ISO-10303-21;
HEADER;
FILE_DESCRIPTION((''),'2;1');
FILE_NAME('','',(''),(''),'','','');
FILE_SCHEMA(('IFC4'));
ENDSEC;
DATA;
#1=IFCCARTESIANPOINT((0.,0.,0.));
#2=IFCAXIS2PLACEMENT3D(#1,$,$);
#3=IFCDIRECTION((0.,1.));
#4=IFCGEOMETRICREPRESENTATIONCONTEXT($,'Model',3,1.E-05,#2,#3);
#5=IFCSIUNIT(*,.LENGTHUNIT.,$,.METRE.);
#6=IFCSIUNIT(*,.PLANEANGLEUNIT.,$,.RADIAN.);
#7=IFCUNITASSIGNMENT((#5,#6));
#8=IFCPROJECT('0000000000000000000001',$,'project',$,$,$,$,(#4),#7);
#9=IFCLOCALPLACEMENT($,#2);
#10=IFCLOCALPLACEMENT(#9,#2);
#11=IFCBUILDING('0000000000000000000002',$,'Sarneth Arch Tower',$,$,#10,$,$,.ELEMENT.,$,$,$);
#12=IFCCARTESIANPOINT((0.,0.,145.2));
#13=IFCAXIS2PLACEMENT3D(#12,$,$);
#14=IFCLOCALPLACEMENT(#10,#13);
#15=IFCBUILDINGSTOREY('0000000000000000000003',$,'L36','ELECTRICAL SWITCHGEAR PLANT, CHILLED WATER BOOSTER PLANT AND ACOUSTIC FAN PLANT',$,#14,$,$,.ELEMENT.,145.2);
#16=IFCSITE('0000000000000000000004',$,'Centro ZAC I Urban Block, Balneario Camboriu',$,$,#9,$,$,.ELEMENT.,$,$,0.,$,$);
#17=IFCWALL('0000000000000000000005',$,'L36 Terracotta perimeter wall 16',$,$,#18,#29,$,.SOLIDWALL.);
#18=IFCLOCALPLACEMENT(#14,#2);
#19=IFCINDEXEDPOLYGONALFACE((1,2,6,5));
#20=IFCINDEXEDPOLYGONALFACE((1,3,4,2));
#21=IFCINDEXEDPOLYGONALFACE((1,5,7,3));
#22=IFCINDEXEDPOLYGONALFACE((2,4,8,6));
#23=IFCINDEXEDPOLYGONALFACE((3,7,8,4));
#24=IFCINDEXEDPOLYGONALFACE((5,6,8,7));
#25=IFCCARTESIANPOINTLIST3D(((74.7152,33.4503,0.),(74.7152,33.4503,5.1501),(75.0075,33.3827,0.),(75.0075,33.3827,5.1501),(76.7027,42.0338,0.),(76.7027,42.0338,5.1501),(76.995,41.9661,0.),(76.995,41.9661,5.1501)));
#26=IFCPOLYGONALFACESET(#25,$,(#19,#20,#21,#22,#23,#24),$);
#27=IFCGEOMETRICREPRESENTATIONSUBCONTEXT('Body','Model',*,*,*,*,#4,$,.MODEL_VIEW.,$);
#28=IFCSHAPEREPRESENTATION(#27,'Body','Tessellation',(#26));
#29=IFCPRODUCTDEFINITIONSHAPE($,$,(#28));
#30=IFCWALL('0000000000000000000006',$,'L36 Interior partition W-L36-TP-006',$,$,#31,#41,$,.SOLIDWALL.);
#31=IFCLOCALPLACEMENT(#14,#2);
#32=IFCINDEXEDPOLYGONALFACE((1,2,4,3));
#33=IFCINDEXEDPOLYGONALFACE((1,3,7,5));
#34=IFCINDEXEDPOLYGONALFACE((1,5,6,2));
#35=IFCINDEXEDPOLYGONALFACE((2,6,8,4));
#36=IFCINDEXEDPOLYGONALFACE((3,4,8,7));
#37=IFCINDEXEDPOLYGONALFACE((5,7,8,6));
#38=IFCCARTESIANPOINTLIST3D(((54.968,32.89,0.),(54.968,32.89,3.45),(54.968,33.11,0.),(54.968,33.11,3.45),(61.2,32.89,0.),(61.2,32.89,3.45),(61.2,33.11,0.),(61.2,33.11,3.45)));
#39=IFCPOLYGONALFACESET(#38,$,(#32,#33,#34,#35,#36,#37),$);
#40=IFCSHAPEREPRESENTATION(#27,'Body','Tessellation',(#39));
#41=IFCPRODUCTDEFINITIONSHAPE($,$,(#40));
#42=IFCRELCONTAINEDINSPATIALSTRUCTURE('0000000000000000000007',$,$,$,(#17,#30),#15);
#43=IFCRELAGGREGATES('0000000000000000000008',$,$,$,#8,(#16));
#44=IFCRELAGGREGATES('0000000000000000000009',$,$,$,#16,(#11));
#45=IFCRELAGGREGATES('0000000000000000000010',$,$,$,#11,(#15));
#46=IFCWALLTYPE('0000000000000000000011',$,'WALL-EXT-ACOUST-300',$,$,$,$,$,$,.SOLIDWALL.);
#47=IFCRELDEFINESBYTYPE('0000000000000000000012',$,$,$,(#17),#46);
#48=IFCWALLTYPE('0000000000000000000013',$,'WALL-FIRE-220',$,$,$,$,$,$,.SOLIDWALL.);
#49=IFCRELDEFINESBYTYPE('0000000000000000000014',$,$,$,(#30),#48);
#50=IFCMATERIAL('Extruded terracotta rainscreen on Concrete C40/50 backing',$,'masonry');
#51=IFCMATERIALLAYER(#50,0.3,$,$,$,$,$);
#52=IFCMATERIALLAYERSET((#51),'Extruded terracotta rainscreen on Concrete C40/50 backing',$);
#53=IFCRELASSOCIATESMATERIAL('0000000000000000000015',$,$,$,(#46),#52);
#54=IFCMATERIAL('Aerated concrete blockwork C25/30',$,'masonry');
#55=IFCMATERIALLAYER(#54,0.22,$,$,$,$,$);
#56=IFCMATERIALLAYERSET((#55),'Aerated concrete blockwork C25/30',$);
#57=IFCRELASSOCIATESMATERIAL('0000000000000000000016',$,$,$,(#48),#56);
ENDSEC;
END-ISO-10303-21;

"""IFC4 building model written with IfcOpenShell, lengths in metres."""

from ifc_helpers import new_model, si_unit, direction, frame, frame_2d, origin, place, context, subcontext, project, spatial, rectangle, extrude, material, layer, layer_set, type_object, element, save


model = new_model("IFC4")

# Units and contexts
model_context = context("Model", 3, precision=1e-05, world=origin(), true_north=direction((0.0, 1.0)))
body_context = subcontext(model_context, "Body", "Model", "MODEL_VIEW")
ifc_project = project(units=[si_unit("LENGTHUNIT", "METRE"), si_unit("PLANEANGLEUNIT", "RADIAN")], contexts=[model_context])

# Site, building, storey
site_placement = place(None, origin())
site = spatial("IfcSite", under=ifc_project, at=site_placement, Name="Centro ZAC I Urban Block, Balneario Camboriu", CompositionType="ELEMENT", RefElevation=0.0)
building_placement = place(site_placement, origin())
building = spatial("IfcBuilding", under=site, at=building_placement, Name="Sarneth Arch Tower", CompositionType="ELEMENT")
storey_placement = place(building_placement, frame((0.0, 0.0, 145.2)))
storey = spatial("IfcBuildingStorey", under=building, at=storey_placement, Name="L36", Description="ELECTRICAL SWITCHGEAR PLANT, CHILLED WATER BOOSTER PLANT AND ACOUSTIC FAN PLANT", CompositionType="ELEMENT", Elevation=145.2)

# Walls
ifc_material_1 = material(Name="Extruded terracotta rainscreen on Concrete C40/50 backing", Category="masonry")
ifc_layer_1 = layer(ifc_material_1, 0.3)
ifc_layer_set_1 = layer_set([ifc_layer_1], Name="Extruded terracotta rainscreen on Concrete C40/50 backing")
wall_type_1 = type_object("IfcWallType", Name="WALL-EXT-ACOUST-300", PredefinedType="SOLIDWALL", material=ifc_layer_set_1)
wall_1_placement = place(storey_placement, frame((74.8613, 33.4165, 0.0), z_axis=(0.0, 0.0, 1.0), x_axis=(0.225586, 0.974223, 0.0)))
element("IfcWall", 1, at=wall_1_placement, inside=storey, type_object=wall_type_1, Name="L36 Terracotta perimeter wall 16", PredefinedType="SOLIDWALL", context=body_context, shape_type="SweptSolid", body=[
    extrude(rectangle(XDim=8.8105, YDim=0.3, at=frame_2d((4.4053, 0.0))), origin(), (0.0, 0.0, 1.0), 5.1501),
])
ifc_material_2 = material(Name="Aerated concrete blockwork C25/30", Category="masonry")
ifc_layer_2 = layer(ifc_material_2, 0.22)
ifc_layer_set_2 = layer_set([ifc_layer_2], Name="Aerated concrete blockwork C25/30")
wall_type_2 = type_object("IfcWallType", Name="WALL-FIRE-220", PredefinedType="SOLIDWALL", material=ifc_layer_set_2)
wall_2_placement = place(storey_placement, frame((61.2, 33.0, 0.0), z_axis=(0.0, 0.0, 1.0), x_axis=(-1.0, 0.0, 0.0)))
element("IfcWall", 2, at=wall_2_placement, inside=storey, type_object=wall_type_2, Name="L36 Interior partition W-L36-TP-006", PredefinedType="SOLIDWALL", context=body_context, shape_type="SweptSolid", body=[
    extrude(rectangle(XDim=6.2319, YDim=0.22, at=frame_2d((3.116, 0.0))), origin(), (0.0, 0.0, 1.0), 3.45),
])

save(model, "model.ifc")
